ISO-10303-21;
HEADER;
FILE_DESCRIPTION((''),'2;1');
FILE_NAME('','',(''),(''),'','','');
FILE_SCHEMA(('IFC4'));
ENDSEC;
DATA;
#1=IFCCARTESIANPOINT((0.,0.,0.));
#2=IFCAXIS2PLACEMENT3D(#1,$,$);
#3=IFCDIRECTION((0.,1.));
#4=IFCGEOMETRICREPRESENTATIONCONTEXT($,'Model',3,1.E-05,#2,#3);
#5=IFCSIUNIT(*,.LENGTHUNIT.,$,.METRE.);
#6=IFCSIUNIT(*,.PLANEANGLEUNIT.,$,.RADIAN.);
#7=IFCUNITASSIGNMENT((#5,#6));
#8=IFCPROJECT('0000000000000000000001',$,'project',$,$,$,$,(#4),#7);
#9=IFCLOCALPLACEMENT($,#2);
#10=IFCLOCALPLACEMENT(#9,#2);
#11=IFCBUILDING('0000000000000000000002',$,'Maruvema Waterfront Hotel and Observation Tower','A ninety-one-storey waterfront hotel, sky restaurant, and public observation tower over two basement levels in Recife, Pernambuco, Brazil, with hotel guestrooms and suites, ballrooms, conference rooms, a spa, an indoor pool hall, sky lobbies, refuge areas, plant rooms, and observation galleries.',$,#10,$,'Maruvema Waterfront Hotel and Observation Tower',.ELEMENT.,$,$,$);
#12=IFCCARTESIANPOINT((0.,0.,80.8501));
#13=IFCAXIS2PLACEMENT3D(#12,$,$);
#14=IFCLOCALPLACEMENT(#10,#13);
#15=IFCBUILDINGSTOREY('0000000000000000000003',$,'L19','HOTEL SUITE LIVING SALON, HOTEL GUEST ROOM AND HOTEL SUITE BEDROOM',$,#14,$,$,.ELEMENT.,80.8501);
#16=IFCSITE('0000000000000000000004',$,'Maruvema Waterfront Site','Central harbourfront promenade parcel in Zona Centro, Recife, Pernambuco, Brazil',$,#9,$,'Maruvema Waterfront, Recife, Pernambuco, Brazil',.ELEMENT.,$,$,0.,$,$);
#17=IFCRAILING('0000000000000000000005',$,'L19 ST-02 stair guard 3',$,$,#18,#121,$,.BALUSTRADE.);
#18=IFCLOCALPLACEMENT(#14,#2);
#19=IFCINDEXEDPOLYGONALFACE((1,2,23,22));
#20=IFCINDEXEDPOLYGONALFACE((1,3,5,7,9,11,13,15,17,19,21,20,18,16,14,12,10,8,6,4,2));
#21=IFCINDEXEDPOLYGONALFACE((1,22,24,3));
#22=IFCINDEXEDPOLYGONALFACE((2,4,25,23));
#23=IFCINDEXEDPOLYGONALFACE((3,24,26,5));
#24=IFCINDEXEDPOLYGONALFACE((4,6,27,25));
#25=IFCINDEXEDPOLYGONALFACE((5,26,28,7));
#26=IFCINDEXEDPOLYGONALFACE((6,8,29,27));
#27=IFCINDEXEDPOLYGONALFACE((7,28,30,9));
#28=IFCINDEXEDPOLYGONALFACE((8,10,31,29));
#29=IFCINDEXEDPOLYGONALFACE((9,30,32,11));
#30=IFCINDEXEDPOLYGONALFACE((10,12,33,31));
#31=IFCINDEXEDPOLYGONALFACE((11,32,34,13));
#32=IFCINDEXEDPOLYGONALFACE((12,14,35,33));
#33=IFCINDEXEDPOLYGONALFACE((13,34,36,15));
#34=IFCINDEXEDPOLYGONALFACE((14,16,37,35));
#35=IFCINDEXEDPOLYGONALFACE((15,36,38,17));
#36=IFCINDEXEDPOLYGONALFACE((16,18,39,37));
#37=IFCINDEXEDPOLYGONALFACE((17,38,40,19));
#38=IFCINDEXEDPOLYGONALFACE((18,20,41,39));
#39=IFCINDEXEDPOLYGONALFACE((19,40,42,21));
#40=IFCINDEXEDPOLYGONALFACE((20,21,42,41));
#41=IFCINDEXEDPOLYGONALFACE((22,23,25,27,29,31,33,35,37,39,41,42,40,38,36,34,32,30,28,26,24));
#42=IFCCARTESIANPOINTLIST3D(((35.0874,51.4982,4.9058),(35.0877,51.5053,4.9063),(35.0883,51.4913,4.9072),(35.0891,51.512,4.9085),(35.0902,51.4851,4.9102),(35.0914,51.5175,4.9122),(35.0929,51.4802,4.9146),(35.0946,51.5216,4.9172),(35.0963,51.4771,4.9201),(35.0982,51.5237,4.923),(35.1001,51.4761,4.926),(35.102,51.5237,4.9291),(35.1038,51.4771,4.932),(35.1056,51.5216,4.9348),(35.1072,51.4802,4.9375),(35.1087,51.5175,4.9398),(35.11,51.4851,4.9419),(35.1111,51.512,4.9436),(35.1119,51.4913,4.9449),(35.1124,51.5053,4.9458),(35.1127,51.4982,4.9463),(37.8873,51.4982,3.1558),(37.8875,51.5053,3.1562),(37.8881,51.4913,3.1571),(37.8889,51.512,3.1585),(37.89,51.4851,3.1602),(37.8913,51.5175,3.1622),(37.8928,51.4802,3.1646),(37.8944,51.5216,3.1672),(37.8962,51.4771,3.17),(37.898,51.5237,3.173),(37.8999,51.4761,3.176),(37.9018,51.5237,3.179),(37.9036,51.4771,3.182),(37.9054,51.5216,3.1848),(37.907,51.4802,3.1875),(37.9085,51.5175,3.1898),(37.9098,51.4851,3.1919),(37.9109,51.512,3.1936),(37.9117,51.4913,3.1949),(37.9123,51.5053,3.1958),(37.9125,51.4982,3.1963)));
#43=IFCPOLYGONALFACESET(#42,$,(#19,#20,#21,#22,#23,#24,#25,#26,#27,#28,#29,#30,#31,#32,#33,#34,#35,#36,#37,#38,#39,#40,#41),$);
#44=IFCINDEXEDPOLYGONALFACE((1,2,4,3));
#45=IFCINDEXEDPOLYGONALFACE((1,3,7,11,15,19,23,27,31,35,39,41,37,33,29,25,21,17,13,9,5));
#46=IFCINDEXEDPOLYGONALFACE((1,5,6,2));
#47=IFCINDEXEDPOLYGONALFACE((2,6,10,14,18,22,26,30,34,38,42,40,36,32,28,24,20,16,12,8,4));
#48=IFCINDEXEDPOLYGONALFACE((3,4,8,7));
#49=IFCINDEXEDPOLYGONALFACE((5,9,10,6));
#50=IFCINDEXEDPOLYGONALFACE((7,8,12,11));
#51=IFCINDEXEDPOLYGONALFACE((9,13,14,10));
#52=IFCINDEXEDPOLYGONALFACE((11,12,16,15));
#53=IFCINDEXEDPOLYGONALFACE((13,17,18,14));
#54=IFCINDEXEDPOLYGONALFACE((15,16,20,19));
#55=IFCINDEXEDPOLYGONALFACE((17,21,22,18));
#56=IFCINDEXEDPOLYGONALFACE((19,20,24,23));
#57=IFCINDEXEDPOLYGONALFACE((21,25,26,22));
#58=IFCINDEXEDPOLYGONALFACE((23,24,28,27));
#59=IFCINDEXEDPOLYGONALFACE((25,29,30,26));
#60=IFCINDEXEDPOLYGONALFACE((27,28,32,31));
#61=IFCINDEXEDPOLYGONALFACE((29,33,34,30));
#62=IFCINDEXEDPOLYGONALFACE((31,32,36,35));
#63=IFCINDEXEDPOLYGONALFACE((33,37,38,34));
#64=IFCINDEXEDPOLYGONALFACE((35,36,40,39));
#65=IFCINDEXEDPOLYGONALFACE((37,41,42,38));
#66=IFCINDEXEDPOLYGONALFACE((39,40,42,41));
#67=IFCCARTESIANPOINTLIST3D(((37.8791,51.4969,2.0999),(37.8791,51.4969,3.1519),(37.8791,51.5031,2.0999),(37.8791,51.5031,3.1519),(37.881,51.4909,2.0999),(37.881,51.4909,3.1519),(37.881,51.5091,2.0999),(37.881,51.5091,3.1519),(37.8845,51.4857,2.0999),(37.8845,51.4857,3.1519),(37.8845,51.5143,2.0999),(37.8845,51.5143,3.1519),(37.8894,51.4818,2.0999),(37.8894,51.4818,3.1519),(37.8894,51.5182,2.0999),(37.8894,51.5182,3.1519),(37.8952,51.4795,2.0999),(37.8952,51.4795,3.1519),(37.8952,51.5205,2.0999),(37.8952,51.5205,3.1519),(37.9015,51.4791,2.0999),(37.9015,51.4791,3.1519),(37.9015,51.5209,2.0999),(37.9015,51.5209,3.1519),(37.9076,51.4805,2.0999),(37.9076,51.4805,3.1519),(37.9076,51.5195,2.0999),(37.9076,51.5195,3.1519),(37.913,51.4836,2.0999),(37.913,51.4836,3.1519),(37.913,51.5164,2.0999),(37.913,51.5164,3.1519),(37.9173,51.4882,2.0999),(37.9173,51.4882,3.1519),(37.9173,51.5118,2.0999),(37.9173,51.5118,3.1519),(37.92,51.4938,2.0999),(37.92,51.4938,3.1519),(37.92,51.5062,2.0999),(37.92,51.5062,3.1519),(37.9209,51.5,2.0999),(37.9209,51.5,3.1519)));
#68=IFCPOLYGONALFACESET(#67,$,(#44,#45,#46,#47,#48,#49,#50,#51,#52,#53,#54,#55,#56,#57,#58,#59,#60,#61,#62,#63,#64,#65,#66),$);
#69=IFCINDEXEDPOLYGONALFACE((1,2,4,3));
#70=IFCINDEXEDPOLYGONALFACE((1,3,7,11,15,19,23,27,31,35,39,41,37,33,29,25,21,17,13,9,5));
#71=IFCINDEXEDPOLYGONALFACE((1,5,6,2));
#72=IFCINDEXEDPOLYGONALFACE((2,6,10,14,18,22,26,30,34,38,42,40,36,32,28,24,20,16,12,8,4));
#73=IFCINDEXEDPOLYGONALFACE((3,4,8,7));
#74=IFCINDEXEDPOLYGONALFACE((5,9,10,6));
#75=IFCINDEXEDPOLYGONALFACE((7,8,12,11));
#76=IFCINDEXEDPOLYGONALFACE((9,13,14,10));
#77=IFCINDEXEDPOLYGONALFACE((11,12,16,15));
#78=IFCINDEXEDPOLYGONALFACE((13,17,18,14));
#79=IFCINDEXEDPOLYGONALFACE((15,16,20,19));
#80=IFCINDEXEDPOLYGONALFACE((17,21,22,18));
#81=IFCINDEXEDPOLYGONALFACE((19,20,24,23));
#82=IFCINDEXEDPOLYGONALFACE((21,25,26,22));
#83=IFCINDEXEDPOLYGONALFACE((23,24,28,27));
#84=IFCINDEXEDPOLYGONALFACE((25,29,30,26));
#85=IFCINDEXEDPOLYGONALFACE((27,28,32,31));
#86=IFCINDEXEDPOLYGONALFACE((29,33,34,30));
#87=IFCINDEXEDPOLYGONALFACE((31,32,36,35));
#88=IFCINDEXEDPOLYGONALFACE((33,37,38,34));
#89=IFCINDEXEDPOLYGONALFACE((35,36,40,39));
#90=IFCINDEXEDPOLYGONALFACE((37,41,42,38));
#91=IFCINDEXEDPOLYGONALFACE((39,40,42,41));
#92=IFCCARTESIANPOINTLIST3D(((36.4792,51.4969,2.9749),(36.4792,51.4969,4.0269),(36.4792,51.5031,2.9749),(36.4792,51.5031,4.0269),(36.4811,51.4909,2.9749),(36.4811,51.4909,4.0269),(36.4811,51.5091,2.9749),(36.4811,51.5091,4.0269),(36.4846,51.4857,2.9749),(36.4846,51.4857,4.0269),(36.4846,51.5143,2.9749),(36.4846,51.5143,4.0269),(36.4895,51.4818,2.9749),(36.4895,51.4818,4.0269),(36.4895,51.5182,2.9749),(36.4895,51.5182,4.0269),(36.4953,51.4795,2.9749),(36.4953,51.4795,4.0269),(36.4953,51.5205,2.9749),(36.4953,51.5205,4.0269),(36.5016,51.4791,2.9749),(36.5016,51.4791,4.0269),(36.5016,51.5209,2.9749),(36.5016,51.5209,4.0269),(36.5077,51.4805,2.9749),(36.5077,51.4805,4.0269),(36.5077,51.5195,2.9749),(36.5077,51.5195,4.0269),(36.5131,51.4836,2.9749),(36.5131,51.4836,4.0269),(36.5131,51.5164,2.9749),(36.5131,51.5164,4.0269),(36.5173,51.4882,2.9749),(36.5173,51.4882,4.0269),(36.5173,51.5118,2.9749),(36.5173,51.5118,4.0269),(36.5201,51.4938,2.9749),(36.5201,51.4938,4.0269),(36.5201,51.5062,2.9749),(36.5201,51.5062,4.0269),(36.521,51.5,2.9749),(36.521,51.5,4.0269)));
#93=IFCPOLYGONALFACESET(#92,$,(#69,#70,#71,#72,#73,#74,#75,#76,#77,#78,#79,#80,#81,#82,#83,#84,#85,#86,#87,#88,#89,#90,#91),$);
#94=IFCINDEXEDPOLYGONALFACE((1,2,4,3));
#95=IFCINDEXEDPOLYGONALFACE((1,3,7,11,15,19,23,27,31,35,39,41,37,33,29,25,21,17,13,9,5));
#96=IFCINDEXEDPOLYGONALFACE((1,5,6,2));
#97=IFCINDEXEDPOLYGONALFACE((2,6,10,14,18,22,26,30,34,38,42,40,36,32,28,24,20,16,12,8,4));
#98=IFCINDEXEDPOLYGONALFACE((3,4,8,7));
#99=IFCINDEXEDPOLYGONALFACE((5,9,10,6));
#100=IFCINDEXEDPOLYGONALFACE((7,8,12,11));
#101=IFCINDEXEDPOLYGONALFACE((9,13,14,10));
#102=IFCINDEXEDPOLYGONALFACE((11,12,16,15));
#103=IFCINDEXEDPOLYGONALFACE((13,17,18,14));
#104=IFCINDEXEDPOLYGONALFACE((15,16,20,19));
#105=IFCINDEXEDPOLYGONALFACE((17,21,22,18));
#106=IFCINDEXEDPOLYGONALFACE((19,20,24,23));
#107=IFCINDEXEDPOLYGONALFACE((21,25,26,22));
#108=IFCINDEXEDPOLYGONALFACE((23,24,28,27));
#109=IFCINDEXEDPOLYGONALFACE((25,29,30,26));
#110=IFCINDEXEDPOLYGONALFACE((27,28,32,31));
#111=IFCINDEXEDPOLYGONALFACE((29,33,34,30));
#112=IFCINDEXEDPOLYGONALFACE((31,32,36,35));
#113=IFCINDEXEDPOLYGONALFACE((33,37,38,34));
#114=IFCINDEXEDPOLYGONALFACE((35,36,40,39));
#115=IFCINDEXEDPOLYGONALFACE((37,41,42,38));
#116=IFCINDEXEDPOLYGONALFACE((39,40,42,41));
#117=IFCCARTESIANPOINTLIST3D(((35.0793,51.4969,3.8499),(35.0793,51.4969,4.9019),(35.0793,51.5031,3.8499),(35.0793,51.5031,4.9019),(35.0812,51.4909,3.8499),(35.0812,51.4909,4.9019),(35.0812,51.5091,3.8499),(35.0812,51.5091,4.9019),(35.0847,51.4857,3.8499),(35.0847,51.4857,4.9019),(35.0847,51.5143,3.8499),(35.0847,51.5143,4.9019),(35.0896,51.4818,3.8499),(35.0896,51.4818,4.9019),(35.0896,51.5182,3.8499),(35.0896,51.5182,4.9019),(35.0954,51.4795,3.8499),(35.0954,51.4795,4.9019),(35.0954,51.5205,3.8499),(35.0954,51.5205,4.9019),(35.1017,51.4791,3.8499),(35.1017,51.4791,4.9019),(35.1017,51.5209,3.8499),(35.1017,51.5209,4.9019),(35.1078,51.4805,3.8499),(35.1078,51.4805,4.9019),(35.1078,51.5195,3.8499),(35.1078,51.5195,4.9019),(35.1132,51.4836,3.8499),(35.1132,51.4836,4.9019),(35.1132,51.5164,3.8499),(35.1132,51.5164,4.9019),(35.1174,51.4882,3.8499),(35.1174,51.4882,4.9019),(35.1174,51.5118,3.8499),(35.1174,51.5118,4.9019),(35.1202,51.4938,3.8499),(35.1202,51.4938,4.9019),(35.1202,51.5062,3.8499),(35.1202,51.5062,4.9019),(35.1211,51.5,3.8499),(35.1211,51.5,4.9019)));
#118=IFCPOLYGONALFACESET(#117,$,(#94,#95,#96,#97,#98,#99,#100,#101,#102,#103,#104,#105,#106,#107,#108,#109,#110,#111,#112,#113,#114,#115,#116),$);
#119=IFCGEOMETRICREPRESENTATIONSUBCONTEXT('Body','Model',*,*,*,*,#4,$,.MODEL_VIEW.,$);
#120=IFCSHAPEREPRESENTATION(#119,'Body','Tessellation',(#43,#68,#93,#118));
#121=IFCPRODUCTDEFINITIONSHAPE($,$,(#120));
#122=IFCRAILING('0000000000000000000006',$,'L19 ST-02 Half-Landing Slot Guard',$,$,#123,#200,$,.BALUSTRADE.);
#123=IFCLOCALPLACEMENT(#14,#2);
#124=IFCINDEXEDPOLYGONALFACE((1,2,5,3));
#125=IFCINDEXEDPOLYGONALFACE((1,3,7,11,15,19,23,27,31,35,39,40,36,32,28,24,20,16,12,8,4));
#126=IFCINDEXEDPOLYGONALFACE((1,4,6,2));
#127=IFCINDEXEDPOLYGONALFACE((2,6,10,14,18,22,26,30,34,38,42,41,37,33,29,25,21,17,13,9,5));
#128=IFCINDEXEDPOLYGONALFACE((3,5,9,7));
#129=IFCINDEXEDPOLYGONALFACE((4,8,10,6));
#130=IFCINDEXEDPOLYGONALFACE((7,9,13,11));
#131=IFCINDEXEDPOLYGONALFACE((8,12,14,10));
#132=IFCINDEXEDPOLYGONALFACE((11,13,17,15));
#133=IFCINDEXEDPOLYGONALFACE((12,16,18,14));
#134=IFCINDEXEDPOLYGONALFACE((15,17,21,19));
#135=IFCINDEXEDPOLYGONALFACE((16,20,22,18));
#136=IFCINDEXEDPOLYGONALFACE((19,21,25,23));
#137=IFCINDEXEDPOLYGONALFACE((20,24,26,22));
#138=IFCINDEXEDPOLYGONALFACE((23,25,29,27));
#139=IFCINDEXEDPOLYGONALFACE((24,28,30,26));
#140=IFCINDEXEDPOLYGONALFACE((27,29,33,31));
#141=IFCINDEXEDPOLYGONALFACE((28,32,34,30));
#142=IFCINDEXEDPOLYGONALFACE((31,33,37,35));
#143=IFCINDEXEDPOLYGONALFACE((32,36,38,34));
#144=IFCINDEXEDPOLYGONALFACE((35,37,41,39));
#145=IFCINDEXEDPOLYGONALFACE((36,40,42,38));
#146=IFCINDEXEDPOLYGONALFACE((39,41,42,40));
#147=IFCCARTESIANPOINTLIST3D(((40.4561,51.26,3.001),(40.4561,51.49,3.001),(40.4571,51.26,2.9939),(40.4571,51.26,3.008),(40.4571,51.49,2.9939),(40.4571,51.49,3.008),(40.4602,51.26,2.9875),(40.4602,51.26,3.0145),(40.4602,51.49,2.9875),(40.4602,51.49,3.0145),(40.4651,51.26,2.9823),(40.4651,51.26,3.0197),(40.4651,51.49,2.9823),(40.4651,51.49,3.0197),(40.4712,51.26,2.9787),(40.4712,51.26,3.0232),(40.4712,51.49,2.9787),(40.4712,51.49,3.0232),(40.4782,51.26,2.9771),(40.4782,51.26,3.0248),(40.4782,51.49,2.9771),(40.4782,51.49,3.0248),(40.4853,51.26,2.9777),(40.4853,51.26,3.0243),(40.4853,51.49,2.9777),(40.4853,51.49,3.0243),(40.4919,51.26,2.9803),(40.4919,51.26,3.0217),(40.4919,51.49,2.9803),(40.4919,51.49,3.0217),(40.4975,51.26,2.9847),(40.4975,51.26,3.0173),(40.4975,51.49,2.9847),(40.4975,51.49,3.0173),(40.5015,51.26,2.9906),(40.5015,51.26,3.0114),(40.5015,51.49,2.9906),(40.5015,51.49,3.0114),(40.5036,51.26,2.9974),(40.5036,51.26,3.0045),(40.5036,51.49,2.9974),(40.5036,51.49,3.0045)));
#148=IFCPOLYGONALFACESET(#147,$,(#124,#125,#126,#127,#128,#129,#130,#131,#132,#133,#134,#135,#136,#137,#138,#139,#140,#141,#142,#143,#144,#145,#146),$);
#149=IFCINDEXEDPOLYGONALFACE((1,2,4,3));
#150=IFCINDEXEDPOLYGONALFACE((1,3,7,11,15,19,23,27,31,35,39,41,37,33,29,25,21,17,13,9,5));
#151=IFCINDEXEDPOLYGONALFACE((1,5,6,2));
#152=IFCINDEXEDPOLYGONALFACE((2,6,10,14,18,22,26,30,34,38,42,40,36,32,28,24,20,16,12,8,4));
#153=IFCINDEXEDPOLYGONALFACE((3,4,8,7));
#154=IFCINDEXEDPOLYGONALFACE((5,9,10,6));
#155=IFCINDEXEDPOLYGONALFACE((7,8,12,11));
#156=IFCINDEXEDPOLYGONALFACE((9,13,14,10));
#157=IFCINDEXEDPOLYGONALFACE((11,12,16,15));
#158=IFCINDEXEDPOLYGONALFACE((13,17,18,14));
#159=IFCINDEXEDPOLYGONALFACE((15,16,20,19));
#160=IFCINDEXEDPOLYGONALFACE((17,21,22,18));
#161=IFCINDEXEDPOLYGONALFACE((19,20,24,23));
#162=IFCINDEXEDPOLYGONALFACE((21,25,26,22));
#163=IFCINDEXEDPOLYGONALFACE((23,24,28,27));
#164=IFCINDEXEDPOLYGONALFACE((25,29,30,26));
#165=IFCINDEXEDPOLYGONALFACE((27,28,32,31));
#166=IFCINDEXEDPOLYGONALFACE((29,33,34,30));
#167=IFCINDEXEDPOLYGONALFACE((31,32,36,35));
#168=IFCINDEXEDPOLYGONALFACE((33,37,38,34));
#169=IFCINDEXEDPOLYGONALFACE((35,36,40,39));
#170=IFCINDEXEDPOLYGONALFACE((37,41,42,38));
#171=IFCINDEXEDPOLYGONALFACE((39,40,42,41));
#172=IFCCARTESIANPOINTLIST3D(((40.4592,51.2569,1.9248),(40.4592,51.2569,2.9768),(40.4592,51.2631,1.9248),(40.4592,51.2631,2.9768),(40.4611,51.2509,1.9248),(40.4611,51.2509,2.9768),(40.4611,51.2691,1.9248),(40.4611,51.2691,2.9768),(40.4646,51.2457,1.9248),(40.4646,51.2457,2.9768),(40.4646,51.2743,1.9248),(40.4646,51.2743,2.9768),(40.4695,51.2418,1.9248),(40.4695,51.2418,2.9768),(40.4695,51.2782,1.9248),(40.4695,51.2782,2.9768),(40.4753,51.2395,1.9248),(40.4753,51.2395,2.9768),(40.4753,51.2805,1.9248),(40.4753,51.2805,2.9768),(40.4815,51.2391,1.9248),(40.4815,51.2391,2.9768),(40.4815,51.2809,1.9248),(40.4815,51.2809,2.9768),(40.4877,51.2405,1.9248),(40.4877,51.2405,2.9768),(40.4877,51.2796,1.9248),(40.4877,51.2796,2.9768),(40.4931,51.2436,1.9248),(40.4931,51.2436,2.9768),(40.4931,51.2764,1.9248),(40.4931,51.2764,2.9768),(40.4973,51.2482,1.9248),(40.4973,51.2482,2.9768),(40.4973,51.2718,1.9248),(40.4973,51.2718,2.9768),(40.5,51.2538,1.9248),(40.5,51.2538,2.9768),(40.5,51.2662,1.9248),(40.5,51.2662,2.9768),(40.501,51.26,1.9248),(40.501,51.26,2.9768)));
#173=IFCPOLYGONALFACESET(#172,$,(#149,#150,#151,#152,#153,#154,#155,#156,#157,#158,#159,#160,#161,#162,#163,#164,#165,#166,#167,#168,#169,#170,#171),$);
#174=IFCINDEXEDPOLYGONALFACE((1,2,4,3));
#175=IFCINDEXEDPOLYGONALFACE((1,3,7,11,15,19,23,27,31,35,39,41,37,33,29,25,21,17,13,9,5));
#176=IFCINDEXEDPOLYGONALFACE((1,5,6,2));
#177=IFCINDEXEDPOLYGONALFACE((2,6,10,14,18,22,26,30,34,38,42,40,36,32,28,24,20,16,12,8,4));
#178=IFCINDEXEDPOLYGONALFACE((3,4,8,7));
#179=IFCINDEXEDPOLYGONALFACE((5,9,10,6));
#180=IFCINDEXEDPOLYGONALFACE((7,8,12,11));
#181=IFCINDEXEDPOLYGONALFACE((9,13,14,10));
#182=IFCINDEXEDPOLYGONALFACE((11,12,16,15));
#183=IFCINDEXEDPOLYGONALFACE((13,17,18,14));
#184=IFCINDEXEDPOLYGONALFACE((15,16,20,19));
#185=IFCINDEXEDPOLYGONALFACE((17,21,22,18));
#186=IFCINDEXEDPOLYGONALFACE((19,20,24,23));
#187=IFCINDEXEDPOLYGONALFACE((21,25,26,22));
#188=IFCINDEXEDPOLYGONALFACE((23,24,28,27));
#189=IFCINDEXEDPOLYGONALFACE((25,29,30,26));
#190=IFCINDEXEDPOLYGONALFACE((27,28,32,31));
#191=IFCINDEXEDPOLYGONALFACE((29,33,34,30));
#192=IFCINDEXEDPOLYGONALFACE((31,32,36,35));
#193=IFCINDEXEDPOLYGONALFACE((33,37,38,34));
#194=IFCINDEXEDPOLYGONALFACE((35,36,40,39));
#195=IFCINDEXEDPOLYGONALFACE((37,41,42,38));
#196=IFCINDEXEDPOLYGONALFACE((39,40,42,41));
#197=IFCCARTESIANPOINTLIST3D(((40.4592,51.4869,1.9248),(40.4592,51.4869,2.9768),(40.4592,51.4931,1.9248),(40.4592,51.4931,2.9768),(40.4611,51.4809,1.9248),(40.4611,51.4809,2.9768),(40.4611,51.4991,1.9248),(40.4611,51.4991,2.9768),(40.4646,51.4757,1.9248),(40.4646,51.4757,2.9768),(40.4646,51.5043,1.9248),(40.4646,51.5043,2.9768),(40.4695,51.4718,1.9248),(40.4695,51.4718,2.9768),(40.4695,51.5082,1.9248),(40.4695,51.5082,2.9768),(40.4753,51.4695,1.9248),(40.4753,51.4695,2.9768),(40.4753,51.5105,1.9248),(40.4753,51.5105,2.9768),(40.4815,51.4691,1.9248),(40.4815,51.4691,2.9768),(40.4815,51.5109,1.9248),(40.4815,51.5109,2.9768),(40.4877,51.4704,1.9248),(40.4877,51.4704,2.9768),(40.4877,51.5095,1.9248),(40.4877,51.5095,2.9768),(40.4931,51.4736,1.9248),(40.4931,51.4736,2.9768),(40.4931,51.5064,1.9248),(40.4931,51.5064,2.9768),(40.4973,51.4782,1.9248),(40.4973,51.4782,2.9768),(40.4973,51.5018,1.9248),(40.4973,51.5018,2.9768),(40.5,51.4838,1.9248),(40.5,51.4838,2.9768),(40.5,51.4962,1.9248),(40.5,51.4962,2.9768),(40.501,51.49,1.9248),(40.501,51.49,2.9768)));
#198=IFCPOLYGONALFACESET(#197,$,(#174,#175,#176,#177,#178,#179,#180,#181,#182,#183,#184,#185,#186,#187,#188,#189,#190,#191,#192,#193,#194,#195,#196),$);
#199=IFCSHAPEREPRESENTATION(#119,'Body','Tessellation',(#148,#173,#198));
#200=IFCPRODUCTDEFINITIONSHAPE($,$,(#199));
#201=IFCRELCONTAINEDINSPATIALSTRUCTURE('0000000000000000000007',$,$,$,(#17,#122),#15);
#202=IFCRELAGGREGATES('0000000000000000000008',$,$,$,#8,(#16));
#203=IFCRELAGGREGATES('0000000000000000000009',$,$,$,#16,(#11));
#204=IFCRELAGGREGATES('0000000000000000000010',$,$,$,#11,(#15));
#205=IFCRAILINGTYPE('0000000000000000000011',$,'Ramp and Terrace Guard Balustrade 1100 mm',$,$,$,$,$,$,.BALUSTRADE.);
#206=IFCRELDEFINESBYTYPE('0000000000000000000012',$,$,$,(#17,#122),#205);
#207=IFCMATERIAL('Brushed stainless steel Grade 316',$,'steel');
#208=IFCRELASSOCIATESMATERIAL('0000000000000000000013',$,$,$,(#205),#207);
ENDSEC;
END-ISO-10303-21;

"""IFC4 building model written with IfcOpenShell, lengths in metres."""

from ifc_helpers import new_model, si_unit, direction, frame, origin, origin_2d, place, context, subcontext, project, spatial, circle, extrude, material, type_object, element, save


model = new_model("IFC4")

# Units and contexts
model_context = context("Model", 3, precision=1e-05, world=origin(), true_north=direction((0.0, 1.0)))
body_context = subcontext(model_context, "Body", "Model", "MODEL_VIEW")
ifc_project = project(units=[si_unit("LENGTHUNIT", "METRE"), si_unit("PLANEANGLEUNIT", "RADIAN")], contexts=[model_context])

# Site, building, storey
site_placement = place(None, origin())
site = spatial("IfcSite", under=ifc_project, at=site_placement, Name="Maruvema Waterfront Site", Description="Central harbourfront promenade parcel in Zona Centro, Recife, Pernambuco, Brazil", LongName="Maruvema Waterfront, Recife, Pernambuco, Brazil", CompositionType="ELEMENT", RefElevation=0.0)
building_placement = place(site_placement, origin())
building = spatial("IfcBuilding", under=site, at=building_placement, Name="Maruvema Waterfront Hotel and Observation Tower", Description="A ninety-one-storey waterfront hotel, sky restaurant, and public observation tower over two basement levels in Recife, Pernambuco, Brazil, with hotel guestrooms and suites, ballrooms, conference rooms, a spa, an indoor pool hall, sky lobbies, refuge areas, plant rooms, and observation galleries.", LongName="Maruvema Waterfront Hotel and Observation Tower", CompositionType="ELEMENT")
storey_placement = place(building_placement, frame((0.0, 0.0, 80.8501)))
storey = spatial("IfcBuildingStorey", under=building, at=storey_placement, Name="L19", Description="HOTEL SUITE LIVING SALON, HOTEL GUEST ROOM AND HOTEL SUITE BEDROOM", CompositionType="ELEMENT", Elevation=80.8501)

# Railings
ifc_material_1 = material(Name="Brushed stainless steel Grade 316", Category="steel")
railing_type_1 = type_object("IfcRailingType", Name="Ramp and Terrace Guard Balustrade 1100 mm", PredefinedType="BALUSTRADE", material=ifc_material_1)
railing_1_placement = place(storey_placement, frame((37.8999, 51.5, 2.0999)))
element("IfcRailing", 1, at=railing_1_placement, inside=storey, type_object=railing_type_1, Name="L19 ST-02 stair guard 3", PredefinedType="BALUSTRADE", context=body_context, shape_type="SweptSolid", body=[
    extrude(circle(Radius=0.0239, at=origin_2d()), frame((0.0, 0.0, 1.0762), z_axis=(-0.847982, 0.0, 0.530026), x_axis=(0.0, -1.0, 0.0)), (0.0, 0.0, 1.0), 3.3018),
    extrude(circle(Radius=0.021, at=origin_2d()), origin(), (0.0, 0.0, 1.0), 1.052),
    extrude(circle(Radius=0.021, at=origin_2d()), frame((-1.3999, 0.0, 0.875)), (0.0, 0.0, 1.0), 1.052),
    extrude(circle(Radius=0.021, at=origin_2d()), frame((-2.7998, 0.0, 1.75)), (0.0, 0.0, 1.0), 1.052),
])
railing_2_placement = place(storey_placement, frame((40.48, 51.26, 1.9248)))
element("IfcRailing", 2, at=railing_2_placement, inside=storey, type_object=railing_type_1, Name="L19 ST-02 Half-Landing Slot Guard", PredefinedType="BALUSTRADE", context=body_context, shape_type="SweptSolid", body=[
    extrude(circle(Radius=0.0239, at=origin_2d()), frame((0.0, 0.0, 1.0762), z_axis=(0.0, 1.0, 0.0), x_axis=(-1.0, 0.0, 0.0)), (0.0, 0.0, 1.0), 0.23),
    extrude(circle(Radius=0.021, at=origin_2d()), origin(), (0.0, 0.0, 1.0), 1.052),
    extrude(circle(Radius=0.021, at=origin_2d()), frame((0.0, 0.23, 0.0)), (0.0, 0.0, 1.0), 1.052),
])

save(model, "model.ifc")
